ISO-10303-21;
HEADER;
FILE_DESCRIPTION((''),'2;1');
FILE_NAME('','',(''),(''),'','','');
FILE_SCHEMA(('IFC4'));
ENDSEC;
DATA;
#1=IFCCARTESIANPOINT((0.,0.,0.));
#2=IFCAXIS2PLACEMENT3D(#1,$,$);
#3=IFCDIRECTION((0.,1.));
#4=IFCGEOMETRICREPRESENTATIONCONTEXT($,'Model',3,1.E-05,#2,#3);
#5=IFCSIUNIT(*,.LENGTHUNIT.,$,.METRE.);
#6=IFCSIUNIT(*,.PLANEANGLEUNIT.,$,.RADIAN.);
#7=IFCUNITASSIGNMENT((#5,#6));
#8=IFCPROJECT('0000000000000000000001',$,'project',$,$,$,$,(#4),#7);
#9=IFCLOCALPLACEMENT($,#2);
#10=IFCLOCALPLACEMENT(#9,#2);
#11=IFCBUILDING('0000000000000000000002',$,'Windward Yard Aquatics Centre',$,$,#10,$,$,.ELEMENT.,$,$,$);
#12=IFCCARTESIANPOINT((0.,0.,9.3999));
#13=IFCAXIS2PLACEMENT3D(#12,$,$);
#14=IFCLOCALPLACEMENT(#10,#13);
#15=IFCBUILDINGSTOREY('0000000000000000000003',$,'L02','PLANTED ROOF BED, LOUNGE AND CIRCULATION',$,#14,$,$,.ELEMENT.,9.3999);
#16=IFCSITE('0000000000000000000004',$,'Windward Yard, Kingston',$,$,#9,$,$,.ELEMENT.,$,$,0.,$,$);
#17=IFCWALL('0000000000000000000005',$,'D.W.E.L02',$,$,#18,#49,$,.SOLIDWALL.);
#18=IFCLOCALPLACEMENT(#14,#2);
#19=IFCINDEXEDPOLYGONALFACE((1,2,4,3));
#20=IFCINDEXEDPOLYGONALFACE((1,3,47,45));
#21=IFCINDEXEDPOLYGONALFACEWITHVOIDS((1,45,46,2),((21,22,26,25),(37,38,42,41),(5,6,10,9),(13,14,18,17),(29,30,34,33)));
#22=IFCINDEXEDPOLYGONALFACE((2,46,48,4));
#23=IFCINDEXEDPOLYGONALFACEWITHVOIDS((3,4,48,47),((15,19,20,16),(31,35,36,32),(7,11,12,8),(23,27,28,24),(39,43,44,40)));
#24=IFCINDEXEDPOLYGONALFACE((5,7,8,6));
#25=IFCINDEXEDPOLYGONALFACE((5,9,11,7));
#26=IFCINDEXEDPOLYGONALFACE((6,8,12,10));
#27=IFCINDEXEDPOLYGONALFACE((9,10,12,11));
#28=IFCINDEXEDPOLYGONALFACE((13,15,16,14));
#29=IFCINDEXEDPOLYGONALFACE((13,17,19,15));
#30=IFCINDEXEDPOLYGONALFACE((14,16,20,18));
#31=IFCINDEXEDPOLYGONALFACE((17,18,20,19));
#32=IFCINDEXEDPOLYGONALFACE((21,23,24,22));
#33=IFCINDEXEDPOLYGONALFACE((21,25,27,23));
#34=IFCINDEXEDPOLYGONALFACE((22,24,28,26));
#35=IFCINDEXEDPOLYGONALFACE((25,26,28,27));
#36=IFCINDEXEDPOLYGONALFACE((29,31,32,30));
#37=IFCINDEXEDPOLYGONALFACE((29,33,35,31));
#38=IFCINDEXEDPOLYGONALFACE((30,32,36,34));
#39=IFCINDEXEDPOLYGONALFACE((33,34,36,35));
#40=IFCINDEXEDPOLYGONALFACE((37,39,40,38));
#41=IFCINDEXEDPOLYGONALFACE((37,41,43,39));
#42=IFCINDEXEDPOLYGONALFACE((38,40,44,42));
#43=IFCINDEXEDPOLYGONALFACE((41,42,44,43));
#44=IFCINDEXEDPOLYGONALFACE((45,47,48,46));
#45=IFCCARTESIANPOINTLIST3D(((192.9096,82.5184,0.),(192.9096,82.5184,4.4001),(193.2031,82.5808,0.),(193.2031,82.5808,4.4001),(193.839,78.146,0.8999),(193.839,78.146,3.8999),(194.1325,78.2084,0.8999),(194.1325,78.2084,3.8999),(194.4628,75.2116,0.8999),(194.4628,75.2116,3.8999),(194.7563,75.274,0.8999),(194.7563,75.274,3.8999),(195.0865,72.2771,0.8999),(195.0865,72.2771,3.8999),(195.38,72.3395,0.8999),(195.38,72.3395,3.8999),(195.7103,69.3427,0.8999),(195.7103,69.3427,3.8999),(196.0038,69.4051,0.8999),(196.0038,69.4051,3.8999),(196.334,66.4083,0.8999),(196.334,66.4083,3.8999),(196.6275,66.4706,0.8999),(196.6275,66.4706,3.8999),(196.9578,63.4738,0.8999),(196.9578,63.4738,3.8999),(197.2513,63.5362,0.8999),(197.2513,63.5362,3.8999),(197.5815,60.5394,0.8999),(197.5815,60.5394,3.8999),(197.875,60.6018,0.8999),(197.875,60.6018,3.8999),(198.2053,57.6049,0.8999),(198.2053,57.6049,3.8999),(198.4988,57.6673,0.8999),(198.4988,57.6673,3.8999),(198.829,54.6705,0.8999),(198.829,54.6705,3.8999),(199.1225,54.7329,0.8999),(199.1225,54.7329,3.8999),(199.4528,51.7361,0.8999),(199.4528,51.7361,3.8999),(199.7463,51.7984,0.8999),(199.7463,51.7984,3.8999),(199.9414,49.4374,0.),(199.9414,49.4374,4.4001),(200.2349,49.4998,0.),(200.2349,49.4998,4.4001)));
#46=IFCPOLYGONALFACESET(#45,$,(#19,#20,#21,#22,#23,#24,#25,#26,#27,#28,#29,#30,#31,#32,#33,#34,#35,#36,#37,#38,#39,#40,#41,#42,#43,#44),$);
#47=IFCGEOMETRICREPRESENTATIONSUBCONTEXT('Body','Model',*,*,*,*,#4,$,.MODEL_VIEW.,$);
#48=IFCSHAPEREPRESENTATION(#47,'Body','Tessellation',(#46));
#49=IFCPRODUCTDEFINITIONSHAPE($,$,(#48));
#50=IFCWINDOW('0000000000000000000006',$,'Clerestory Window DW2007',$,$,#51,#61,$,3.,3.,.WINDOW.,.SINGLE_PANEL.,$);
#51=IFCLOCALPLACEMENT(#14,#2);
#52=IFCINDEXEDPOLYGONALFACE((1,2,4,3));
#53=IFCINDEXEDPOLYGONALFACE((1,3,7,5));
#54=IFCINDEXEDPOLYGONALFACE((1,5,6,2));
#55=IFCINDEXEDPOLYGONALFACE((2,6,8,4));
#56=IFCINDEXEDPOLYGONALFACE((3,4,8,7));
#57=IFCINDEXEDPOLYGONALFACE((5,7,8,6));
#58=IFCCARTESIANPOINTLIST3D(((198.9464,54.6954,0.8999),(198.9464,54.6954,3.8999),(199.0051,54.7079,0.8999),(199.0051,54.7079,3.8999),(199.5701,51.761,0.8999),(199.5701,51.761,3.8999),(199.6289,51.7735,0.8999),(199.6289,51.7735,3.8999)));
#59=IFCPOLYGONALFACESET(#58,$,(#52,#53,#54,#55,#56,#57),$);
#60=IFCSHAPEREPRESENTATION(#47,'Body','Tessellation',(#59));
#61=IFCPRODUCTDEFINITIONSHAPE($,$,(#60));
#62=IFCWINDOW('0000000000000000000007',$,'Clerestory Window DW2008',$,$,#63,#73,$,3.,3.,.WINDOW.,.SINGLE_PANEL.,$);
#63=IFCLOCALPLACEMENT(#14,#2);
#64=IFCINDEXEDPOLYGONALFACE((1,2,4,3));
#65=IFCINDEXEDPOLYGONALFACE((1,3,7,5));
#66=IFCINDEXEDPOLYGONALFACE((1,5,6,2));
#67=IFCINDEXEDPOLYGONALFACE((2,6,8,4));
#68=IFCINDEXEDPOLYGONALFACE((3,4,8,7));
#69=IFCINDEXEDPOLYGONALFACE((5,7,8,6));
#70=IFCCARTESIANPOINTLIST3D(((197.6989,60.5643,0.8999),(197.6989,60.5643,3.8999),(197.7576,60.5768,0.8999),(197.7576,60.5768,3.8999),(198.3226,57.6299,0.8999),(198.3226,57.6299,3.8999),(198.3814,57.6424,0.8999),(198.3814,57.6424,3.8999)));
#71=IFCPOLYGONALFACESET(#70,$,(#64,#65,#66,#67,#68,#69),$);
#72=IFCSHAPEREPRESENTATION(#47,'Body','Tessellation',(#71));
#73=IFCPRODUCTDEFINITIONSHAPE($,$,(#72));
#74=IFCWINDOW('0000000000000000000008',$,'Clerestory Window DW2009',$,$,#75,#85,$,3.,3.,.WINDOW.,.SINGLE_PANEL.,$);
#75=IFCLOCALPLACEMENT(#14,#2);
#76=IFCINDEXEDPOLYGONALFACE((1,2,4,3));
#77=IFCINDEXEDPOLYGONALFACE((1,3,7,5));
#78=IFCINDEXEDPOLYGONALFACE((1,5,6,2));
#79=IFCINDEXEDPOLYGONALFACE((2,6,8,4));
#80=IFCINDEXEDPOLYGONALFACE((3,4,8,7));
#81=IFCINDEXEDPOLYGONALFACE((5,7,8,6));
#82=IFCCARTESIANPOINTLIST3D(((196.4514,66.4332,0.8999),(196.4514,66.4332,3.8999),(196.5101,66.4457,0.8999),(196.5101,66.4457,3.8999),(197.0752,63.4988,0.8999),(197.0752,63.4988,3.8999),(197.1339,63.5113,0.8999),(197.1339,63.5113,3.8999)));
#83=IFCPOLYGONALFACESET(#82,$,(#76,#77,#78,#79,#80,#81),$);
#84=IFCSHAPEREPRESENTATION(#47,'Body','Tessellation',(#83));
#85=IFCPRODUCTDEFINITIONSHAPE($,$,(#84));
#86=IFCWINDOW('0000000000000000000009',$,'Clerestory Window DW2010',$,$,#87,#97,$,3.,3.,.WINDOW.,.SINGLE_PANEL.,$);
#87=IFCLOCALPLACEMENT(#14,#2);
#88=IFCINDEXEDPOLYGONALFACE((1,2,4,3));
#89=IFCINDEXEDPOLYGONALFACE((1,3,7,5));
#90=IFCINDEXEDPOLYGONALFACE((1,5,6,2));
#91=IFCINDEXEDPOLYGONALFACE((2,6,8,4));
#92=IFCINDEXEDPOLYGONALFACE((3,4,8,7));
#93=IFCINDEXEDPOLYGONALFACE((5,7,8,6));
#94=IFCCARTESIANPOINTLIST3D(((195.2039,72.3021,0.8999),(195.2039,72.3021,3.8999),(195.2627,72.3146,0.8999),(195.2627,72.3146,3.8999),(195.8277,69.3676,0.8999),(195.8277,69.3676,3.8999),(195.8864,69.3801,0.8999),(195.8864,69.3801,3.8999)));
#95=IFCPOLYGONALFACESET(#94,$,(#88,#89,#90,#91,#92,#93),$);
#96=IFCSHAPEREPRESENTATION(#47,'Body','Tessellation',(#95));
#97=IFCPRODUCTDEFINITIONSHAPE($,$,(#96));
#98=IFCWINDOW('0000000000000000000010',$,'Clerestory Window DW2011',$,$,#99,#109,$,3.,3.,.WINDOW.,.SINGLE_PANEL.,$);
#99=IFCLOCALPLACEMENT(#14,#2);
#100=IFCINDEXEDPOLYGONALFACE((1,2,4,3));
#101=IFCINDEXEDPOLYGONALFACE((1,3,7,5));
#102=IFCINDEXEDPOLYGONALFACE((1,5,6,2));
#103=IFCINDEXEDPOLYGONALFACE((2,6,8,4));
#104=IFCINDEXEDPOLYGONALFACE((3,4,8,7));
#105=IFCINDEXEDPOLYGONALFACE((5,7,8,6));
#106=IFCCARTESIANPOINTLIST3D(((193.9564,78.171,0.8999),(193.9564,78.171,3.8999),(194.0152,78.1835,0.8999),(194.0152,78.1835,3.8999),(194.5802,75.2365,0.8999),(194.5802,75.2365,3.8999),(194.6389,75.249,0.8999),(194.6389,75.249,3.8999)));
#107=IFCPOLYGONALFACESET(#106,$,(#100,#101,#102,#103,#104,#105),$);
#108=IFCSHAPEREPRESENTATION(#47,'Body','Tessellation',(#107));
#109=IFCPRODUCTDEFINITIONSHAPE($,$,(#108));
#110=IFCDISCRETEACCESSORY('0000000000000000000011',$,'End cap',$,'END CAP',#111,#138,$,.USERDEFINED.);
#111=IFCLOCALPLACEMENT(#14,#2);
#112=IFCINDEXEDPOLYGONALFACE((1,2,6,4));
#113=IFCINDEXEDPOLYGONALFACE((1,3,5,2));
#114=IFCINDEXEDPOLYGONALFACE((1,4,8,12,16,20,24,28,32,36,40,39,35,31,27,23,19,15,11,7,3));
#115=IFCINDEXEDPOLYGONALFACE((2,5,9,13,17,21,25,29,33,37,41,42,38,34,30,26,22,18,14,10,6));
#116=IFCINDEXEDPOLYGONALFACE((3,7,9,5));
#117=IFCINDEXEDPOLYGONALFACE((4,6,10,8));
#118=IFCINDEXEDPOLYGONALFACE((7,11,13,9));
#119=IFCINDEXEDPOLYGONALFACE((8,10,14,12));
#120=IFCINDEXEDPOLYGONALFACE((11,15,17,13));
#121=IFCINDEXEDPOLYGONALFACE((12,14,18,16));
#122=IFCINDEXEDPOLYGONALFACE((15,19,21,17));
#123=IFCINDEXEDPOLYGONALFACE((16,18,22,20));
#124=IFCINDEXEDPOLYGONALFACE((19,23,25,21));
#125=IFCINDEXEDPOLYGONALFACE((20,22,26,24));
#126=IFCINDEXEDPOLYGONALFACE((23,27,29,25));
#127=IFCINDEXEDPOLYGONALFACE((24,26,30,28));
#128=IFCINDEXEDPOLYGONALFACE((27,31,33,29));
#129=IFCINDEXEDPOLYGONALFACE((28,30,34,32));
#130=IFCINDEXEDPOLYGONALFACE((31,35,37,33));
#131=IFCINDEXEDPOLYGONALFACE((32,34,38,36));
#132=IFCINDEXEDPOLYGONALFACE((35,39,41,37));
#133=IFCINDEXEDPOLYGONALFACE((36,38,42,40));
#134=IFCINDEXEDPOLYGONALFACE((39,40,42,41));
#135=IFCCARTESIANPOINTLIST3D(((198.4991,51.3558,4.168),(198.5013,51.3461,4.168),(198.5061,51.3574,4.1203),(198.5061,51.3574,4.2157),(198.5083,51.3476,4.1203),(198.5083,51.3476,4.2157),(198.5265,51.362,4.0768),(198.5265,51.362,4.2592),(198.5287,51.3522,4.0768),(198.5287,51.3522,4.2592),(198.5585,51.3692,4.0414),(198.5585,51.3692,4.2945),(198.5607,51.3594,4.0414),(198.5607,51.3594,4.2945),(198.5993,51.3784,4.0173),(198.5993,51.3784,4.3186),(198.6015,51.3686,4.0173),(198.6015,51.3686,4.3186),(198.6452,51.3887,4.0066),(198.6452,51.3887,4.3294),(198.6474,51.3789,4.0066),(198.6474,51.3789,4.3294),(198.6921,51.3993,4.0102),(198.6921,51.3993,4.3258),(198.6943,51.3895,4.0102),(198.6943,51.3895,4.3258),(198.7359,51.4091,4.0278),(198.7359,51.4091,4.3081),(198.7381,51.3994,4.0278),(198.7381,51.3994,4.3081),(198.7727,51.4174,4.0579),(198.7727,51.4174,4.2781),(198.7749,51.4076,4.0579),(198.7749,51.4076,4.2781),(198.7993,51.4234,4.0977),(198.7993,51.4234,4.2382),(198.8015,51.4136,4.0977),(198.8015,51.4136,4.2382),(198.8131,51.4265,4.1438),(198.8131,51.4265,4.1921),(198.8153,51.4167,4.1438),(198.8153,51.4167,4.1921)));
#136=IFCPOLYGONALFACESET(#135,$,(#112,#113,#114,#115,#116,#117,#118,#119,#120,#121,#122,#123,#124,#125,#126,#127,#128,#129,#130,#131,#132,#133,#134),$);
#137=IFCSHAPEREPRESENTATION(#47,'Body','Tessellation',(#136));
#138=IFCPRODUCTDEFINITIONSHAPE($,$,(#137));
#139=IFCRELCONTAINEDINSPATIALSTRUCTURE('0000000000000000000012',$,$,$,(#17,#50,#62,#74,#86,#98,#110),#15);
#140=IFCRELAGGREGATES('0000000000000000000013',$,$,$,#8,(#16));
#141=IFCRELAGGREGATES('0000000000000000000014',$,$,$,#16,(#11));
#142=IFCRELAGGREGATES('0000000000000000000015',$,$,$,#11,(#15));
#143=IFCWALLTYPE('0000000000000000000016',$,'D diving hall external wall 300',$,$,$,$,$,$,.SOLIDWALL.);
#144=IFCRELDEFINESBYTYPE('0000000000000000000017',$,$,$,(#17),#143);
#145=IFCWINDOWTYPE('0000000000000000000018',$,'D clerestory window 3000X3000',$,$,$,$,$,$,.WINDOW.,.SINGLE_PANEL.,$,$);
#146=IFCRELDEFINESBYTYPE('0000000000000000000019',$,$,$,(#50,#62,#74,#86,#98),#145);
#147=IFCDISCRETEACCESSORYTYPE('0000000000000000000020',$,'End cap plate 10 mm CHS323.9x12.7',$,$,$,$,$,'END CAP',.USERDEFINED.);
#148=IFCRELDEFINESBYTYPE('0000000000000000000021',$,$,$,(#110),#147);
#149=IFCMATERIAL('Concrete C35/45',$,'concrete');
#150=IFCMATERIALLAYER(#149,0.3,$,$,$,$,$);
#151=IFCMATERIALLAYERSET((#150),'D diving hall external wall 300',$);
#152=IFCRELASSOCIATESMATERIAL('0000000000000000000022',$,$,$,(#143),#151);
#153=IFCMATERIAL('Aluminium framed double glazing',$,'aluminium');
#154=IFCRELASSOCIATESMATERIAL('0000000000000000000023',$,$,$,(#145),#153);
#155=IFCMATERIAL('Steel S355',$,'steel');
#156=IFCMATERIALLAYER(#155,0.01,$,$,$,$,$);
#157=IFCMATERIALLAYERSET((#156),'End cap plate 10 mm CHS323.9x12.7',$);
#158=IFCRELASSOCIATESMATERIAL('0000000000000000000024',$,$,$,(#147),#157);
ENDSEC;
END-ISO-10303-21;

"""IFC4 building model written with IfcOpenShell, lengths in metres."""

from ifc_helpers import new_model, si_unit, direction, frame, frame_2d, origin, origin_2d, place, context, subcontext, project, spatial, rectangle, circle, extrude, material, layer, layer_set, type_object, element, fill, save


model = new_model("IFC4")

# Units and contexts
model_context = context("Model", 3, precision=1e-05, world=origin(), true_north=direction((0.0, 1.0)))
body_context = subcontext(model_context, "Body", "Model", "MODEL_VIEW")
ifc_project = project(units=[si_unit("LENGTHUNIT", "METRE"), si_unit("PLANEANGLEUNIT", "RADIAN")], contexts=[model_context])

# Site, building, storey
site_placement = place(None, origin())
site = spatial("IfcSite", under=ifc_project, at=site_placement, Name="Windward Yard, Kingston", CompositionType="ELEMENT", RefElevation=0.0)
building_placement = place(site_placement, origin())
building = spatial("IfcBuilding", under=site, at=building_placement, Name="Windward Yard Aquatics Centre", CompositionType="ELEMENT")
storey_placement = place(building_placement, frame((0.0, 0.0, 9.3999)))
storey = spatial("IfcBuildingStorey", under=building, at=storey_placement, Name="L02", Description="PLANTED ROOF BED, LOUNGE AND CIRCULATION", CompositionType="ELEMENT", Elevation=9.3999)

# Wall, openings, windows
ifc_material_1 = material(Name="Concrete C35/45", Category="concrete")
ifc_layer_1 = layer(ifc_material_1, 0.3)
ifc_layer_set_1 = layer_set([ifc_layer_1], Name="D diving hall external wall 300")
wall_type = type_object("IfcWallType", Name="D diving hall external wall 300", PredefinedType="SOLIDWALL", material=ifc_layer_set_1)
wall_placement = place(storey_placement, frame((200.0881, 49.4685, 0.0), z_axis=(0.0, 0.0, 1.0), x_axis=(-0.207916, 0.978147, 0.0)))
wall = element("IfcWall", 1, at=wall_placement, inside=storey, type_object=wall_type, Name="D.W.E.L02", PredefinedType="SOLIDWALL", context=body_context, shape_type="SweptSolid", body=[
    extrude(rectangle(XDim=33.8201, YDim=0.3, at=frame_2d((16.9102, 0.0))), origin(), (0.0, 0.0, 1.0), 4.4001),
])
opening_1_placement = place(wall_placement, frame((2.3501, 0.0, 0.8999)))
opening_1 = element("IfcOpeningElement", 2, at=opening_1_placement, cuts=wall, PredefinedType="OPENING", context=body_context, shape_type="SweptSolid", body=[
    extrude(rectangle(XDim=3.0, YDim=3.0, at=frame_2d((1.5, 1.5))), frame((0.0, 0.1602, 0.0), z_axis=(0.0, -1.0, 0.0), x_axis=(1.0, 0.0, 0.0)), (0.0, 0.0, 1.0), 0.3201),
])
opening_2_placement = place(wall_placement, frame((8.3501, 0.0, 0.8999)))
opening_2 = element("IfcOpeningElement", 3, at=opening_2_placement, cuts=wall, PredefinedType="OPENING", context=body_context, shape_type="SweptSolid", body=[
    extrude(rectangle(XDim=3.0, YDim=3.0, at=frame_2d((1.5, 1.5))), frame((0.0, 0.1602, 0.0), z_axis=(0.0, -1.0, 0.0), x_axis=(1.0, 0.0, 0.0)), (0.0, 0.0, 1.0), 0.3201),
])
opening_3_placement = place(wall_placement, frame((14.3501, 0.0, 0.8999)))
opening_3 = element("IfcOpeningElement", 4, at=opening_3_placement, cuts=wall, PredefinedType="OPENING", context=body_context, shape_type="SweptSolid", body=[
    extrude(rectangle(XDim=3.0, YDim=3.0, at=frame_2d((1.5, 1.5))), frame((0.0, 0.1602, 0.0), z_axis=(0.0, -1.0, 0.0), x_axis=(1.0, 0.0, 0.0)), (0.0, 0.0, 1.0), 0.3201),
])
opening_4_placement = place(wall_placement, frame((20.3501, 0.0, 0.8999)))
opening_4 = element("IfcOpeningElement", 5, at=opening_4_placement, cuts=wall, PredefinedType="OPENING", context=body_context, shape_type="SweptSolid", body=[
    extrude(rectangle(XDim=3.0, YDim=3.0, at=frame_2d((1.5, 1.5))), frame((0.0, 0.1602, 0.0), z_axis=(0.0, -1.0, 0.0), x_axis=(1.0, 0.0, 0.0)), (0.0, 0.0, 1.0), 0.3201),
])
opening_5_placement = place(wall_placement, frame((26.3501, 0.0, 0.8999)))
opening_5 = element("IfcOpeningElement", 6, at=opening_5_placement, cuts=wall, PredefinedType="OPENING", context=body_context, shape_type="SweptSolid", body=[
    extrude(rectangle(XDim=3.0, YDim=3.0, at=frame_2d((1.5, 1.5))), frame((0.0, 0.1602, 0.0), z_axis=(0.0, -1.0, 0.0), x_axis=(1.0, 0.0, 0.0)), (0.0, 0.0, 1.0), 0.3201),
])
ifc_material_2 = material(Name="Aluminium framed double glazing", Category="aluminium")
window_type = type_object("IfcWindowType", Name="D clerestory window 3000X3000", PartitioningType="SINGLE_PANEL", PredefinedType="WINDOW", material=ifc_material_2)
window_1_placement = place(opening_1_placement, origin())
window_1 = element("IfcWindow", 7, at=window_1_placement, inside=storey, type_object=window_type, Name="Clerestory Window DW2007", OverallHeight=3.0, OverallWidth=3.0, PartitioningType="SINGLE_PANEL", PredefinedType="WINDOW", context=body_context, shape_type="SweptSolid", body=[
    extrude(rectangle(XDim=3.0, YDim=3.0, at=frame_2d((1.5, 1.5))), frame((0.0, 0.03, 0.0), z_axis=(0.0, -1.0, 0.0), x_axis=(1.0, 0.0, 0.0)), (0.0, 0.0, 1.0), 0.0601),
])
fill(opening_1, window_1)
window_2_placement = place(opening_2_placement, origin())
window_2 = element("IfcWindow", 8, at=window_2_placement, inside=storey, type_object=window_type, Name="Clerestory Window DW2008", OverallHeight=3.0, OverallWidth=3.0, PartitioningType="SINGLE_PANEL", PredefinedType="WINDOW", context=body_context, shape_type="SweptSolid", body=[
    extrude(rectangle(XDim=3.0, YDim=3.0, at=frame_2d((1.5, 1.5))), frame((0.0, 0.03, 0.0), z_axis=(0.0, -1.0, 0.0), x_axis=(1.0, 0.0, 0.0)), (0.0, 0.0, 1.0), 0.0601),
])
fill(opening_2, window_2)
window_3_placement = place(opening_3_placement, origin())
window_3 = element("IfcWindow", 9, at=window_3_placement, inside=storey, type_object=window_type, Name="Clerestory Window DW2009", OverallHeight=3.0, OverallWidth=3.0, PartitioningType="SINGLE_PANEL", PredefinedType="WINDOW", context=body_context, shape_type="SweptSolid", body=[
    extrude(rectangle(XDim=3.0, YDim=3.0, at=frame_2d((1.5, 1.5))), frame((0.0, 0.03, 0.0), z_axis=(0.0, -1.0, 0.0), x_axis=(1.0, 0.0, 0.0)), (0.0, 0.0, 1.0), 0.0601),
])
fill(opening_3, window_3)
window_4_placement = place(opening_4_placement, origin())
window_4 = element("IfcWindow", 10, at=window_4_placement, inside=storey, type_object=window_type, Name="Clerestory Window DW2010", OverallHeight=3.0, OverallWidth=3.0, PartitioningType="SINGLE_PANEL", PredefinedType="WINDOW", context=body_context, shape_type="SweptSolid", body=[
    extrude(rectangle(XDim=3.0, YDim=3.0, at=frame_2d((1.5, 1.5))), frame((0.0, 0.03, 0.0), z_axis=(0.0, -1.0, 0.0), x_axis=(1.0, 0.0, 0.0)), (0.0, 0.0, 1.0), 0.0601),
])
fill(opening_4, window_4)
window_5_placement = place(opening_5_placement, origin())
window_5 = element("IfcWindow", 11, at=window_5_placement, inside=storey, type_object=window_type, Name="Clerestory Window DW2011", OverallHeight=3.0, OverallWidth=3.0, PartitioningType="SINGLE_PANEL", PredefinedType="WINDOW", context=body_context, shape_type="SweptSolid", body=[
    extrude(rectangle(XDim=3.0, YDim=3.0, at=frame_2d((1.5, 1.5))), frame((0.0, 0.03, 0.0), z_axis=(0.0, -1.0, 0.0), x_axis=(1.0, 0.0, 0.0)), (0.0, 0.0, 1.0), 0.0601),
])
fill(opening_5, window_5)

# Discrete accessory
ifc_material_3 = material(Name="Steel S355", Category="steel")
ifc_layer_2 = layer(ifc_material_3, 0.01)
ifc_layer_set_2 = layer_set([ifc_layer_2], Name="End cap plate 10 mm CHS323.9x12.7")
discrete_accessory_type = type_object("IfcDiscreteAccessoryType", Name="End cap plate 10 mm CHS323.9x12.7", ElementType="END CAP", PredefinedType="USERDEFINED", material=ifc_layer_set_2)
discrete_accessory_placement = place(storey_placement, frame((198.6592, 51.3816, 4.168), z_axis=(-0.219512, 0.97561, 0.0), x_axis=(-0.97561, -0.219512, 0.0)))
element("IfcDiscreteAccessory", 12, at=discrete_accessory_placement, inside=storey, type_object=discrete_accessory_type, Name="End cap", ObjectType="END CAP", PredefinedType="USERDEFINED", context=body_context, shape_type="SweptSolid", body=[
    extrude(circle(Radius=0.1619, at=origin_2d()), origin(), (0.0, 0.0, 1.0), 0.01),
])

save(model, "model.ifc")
